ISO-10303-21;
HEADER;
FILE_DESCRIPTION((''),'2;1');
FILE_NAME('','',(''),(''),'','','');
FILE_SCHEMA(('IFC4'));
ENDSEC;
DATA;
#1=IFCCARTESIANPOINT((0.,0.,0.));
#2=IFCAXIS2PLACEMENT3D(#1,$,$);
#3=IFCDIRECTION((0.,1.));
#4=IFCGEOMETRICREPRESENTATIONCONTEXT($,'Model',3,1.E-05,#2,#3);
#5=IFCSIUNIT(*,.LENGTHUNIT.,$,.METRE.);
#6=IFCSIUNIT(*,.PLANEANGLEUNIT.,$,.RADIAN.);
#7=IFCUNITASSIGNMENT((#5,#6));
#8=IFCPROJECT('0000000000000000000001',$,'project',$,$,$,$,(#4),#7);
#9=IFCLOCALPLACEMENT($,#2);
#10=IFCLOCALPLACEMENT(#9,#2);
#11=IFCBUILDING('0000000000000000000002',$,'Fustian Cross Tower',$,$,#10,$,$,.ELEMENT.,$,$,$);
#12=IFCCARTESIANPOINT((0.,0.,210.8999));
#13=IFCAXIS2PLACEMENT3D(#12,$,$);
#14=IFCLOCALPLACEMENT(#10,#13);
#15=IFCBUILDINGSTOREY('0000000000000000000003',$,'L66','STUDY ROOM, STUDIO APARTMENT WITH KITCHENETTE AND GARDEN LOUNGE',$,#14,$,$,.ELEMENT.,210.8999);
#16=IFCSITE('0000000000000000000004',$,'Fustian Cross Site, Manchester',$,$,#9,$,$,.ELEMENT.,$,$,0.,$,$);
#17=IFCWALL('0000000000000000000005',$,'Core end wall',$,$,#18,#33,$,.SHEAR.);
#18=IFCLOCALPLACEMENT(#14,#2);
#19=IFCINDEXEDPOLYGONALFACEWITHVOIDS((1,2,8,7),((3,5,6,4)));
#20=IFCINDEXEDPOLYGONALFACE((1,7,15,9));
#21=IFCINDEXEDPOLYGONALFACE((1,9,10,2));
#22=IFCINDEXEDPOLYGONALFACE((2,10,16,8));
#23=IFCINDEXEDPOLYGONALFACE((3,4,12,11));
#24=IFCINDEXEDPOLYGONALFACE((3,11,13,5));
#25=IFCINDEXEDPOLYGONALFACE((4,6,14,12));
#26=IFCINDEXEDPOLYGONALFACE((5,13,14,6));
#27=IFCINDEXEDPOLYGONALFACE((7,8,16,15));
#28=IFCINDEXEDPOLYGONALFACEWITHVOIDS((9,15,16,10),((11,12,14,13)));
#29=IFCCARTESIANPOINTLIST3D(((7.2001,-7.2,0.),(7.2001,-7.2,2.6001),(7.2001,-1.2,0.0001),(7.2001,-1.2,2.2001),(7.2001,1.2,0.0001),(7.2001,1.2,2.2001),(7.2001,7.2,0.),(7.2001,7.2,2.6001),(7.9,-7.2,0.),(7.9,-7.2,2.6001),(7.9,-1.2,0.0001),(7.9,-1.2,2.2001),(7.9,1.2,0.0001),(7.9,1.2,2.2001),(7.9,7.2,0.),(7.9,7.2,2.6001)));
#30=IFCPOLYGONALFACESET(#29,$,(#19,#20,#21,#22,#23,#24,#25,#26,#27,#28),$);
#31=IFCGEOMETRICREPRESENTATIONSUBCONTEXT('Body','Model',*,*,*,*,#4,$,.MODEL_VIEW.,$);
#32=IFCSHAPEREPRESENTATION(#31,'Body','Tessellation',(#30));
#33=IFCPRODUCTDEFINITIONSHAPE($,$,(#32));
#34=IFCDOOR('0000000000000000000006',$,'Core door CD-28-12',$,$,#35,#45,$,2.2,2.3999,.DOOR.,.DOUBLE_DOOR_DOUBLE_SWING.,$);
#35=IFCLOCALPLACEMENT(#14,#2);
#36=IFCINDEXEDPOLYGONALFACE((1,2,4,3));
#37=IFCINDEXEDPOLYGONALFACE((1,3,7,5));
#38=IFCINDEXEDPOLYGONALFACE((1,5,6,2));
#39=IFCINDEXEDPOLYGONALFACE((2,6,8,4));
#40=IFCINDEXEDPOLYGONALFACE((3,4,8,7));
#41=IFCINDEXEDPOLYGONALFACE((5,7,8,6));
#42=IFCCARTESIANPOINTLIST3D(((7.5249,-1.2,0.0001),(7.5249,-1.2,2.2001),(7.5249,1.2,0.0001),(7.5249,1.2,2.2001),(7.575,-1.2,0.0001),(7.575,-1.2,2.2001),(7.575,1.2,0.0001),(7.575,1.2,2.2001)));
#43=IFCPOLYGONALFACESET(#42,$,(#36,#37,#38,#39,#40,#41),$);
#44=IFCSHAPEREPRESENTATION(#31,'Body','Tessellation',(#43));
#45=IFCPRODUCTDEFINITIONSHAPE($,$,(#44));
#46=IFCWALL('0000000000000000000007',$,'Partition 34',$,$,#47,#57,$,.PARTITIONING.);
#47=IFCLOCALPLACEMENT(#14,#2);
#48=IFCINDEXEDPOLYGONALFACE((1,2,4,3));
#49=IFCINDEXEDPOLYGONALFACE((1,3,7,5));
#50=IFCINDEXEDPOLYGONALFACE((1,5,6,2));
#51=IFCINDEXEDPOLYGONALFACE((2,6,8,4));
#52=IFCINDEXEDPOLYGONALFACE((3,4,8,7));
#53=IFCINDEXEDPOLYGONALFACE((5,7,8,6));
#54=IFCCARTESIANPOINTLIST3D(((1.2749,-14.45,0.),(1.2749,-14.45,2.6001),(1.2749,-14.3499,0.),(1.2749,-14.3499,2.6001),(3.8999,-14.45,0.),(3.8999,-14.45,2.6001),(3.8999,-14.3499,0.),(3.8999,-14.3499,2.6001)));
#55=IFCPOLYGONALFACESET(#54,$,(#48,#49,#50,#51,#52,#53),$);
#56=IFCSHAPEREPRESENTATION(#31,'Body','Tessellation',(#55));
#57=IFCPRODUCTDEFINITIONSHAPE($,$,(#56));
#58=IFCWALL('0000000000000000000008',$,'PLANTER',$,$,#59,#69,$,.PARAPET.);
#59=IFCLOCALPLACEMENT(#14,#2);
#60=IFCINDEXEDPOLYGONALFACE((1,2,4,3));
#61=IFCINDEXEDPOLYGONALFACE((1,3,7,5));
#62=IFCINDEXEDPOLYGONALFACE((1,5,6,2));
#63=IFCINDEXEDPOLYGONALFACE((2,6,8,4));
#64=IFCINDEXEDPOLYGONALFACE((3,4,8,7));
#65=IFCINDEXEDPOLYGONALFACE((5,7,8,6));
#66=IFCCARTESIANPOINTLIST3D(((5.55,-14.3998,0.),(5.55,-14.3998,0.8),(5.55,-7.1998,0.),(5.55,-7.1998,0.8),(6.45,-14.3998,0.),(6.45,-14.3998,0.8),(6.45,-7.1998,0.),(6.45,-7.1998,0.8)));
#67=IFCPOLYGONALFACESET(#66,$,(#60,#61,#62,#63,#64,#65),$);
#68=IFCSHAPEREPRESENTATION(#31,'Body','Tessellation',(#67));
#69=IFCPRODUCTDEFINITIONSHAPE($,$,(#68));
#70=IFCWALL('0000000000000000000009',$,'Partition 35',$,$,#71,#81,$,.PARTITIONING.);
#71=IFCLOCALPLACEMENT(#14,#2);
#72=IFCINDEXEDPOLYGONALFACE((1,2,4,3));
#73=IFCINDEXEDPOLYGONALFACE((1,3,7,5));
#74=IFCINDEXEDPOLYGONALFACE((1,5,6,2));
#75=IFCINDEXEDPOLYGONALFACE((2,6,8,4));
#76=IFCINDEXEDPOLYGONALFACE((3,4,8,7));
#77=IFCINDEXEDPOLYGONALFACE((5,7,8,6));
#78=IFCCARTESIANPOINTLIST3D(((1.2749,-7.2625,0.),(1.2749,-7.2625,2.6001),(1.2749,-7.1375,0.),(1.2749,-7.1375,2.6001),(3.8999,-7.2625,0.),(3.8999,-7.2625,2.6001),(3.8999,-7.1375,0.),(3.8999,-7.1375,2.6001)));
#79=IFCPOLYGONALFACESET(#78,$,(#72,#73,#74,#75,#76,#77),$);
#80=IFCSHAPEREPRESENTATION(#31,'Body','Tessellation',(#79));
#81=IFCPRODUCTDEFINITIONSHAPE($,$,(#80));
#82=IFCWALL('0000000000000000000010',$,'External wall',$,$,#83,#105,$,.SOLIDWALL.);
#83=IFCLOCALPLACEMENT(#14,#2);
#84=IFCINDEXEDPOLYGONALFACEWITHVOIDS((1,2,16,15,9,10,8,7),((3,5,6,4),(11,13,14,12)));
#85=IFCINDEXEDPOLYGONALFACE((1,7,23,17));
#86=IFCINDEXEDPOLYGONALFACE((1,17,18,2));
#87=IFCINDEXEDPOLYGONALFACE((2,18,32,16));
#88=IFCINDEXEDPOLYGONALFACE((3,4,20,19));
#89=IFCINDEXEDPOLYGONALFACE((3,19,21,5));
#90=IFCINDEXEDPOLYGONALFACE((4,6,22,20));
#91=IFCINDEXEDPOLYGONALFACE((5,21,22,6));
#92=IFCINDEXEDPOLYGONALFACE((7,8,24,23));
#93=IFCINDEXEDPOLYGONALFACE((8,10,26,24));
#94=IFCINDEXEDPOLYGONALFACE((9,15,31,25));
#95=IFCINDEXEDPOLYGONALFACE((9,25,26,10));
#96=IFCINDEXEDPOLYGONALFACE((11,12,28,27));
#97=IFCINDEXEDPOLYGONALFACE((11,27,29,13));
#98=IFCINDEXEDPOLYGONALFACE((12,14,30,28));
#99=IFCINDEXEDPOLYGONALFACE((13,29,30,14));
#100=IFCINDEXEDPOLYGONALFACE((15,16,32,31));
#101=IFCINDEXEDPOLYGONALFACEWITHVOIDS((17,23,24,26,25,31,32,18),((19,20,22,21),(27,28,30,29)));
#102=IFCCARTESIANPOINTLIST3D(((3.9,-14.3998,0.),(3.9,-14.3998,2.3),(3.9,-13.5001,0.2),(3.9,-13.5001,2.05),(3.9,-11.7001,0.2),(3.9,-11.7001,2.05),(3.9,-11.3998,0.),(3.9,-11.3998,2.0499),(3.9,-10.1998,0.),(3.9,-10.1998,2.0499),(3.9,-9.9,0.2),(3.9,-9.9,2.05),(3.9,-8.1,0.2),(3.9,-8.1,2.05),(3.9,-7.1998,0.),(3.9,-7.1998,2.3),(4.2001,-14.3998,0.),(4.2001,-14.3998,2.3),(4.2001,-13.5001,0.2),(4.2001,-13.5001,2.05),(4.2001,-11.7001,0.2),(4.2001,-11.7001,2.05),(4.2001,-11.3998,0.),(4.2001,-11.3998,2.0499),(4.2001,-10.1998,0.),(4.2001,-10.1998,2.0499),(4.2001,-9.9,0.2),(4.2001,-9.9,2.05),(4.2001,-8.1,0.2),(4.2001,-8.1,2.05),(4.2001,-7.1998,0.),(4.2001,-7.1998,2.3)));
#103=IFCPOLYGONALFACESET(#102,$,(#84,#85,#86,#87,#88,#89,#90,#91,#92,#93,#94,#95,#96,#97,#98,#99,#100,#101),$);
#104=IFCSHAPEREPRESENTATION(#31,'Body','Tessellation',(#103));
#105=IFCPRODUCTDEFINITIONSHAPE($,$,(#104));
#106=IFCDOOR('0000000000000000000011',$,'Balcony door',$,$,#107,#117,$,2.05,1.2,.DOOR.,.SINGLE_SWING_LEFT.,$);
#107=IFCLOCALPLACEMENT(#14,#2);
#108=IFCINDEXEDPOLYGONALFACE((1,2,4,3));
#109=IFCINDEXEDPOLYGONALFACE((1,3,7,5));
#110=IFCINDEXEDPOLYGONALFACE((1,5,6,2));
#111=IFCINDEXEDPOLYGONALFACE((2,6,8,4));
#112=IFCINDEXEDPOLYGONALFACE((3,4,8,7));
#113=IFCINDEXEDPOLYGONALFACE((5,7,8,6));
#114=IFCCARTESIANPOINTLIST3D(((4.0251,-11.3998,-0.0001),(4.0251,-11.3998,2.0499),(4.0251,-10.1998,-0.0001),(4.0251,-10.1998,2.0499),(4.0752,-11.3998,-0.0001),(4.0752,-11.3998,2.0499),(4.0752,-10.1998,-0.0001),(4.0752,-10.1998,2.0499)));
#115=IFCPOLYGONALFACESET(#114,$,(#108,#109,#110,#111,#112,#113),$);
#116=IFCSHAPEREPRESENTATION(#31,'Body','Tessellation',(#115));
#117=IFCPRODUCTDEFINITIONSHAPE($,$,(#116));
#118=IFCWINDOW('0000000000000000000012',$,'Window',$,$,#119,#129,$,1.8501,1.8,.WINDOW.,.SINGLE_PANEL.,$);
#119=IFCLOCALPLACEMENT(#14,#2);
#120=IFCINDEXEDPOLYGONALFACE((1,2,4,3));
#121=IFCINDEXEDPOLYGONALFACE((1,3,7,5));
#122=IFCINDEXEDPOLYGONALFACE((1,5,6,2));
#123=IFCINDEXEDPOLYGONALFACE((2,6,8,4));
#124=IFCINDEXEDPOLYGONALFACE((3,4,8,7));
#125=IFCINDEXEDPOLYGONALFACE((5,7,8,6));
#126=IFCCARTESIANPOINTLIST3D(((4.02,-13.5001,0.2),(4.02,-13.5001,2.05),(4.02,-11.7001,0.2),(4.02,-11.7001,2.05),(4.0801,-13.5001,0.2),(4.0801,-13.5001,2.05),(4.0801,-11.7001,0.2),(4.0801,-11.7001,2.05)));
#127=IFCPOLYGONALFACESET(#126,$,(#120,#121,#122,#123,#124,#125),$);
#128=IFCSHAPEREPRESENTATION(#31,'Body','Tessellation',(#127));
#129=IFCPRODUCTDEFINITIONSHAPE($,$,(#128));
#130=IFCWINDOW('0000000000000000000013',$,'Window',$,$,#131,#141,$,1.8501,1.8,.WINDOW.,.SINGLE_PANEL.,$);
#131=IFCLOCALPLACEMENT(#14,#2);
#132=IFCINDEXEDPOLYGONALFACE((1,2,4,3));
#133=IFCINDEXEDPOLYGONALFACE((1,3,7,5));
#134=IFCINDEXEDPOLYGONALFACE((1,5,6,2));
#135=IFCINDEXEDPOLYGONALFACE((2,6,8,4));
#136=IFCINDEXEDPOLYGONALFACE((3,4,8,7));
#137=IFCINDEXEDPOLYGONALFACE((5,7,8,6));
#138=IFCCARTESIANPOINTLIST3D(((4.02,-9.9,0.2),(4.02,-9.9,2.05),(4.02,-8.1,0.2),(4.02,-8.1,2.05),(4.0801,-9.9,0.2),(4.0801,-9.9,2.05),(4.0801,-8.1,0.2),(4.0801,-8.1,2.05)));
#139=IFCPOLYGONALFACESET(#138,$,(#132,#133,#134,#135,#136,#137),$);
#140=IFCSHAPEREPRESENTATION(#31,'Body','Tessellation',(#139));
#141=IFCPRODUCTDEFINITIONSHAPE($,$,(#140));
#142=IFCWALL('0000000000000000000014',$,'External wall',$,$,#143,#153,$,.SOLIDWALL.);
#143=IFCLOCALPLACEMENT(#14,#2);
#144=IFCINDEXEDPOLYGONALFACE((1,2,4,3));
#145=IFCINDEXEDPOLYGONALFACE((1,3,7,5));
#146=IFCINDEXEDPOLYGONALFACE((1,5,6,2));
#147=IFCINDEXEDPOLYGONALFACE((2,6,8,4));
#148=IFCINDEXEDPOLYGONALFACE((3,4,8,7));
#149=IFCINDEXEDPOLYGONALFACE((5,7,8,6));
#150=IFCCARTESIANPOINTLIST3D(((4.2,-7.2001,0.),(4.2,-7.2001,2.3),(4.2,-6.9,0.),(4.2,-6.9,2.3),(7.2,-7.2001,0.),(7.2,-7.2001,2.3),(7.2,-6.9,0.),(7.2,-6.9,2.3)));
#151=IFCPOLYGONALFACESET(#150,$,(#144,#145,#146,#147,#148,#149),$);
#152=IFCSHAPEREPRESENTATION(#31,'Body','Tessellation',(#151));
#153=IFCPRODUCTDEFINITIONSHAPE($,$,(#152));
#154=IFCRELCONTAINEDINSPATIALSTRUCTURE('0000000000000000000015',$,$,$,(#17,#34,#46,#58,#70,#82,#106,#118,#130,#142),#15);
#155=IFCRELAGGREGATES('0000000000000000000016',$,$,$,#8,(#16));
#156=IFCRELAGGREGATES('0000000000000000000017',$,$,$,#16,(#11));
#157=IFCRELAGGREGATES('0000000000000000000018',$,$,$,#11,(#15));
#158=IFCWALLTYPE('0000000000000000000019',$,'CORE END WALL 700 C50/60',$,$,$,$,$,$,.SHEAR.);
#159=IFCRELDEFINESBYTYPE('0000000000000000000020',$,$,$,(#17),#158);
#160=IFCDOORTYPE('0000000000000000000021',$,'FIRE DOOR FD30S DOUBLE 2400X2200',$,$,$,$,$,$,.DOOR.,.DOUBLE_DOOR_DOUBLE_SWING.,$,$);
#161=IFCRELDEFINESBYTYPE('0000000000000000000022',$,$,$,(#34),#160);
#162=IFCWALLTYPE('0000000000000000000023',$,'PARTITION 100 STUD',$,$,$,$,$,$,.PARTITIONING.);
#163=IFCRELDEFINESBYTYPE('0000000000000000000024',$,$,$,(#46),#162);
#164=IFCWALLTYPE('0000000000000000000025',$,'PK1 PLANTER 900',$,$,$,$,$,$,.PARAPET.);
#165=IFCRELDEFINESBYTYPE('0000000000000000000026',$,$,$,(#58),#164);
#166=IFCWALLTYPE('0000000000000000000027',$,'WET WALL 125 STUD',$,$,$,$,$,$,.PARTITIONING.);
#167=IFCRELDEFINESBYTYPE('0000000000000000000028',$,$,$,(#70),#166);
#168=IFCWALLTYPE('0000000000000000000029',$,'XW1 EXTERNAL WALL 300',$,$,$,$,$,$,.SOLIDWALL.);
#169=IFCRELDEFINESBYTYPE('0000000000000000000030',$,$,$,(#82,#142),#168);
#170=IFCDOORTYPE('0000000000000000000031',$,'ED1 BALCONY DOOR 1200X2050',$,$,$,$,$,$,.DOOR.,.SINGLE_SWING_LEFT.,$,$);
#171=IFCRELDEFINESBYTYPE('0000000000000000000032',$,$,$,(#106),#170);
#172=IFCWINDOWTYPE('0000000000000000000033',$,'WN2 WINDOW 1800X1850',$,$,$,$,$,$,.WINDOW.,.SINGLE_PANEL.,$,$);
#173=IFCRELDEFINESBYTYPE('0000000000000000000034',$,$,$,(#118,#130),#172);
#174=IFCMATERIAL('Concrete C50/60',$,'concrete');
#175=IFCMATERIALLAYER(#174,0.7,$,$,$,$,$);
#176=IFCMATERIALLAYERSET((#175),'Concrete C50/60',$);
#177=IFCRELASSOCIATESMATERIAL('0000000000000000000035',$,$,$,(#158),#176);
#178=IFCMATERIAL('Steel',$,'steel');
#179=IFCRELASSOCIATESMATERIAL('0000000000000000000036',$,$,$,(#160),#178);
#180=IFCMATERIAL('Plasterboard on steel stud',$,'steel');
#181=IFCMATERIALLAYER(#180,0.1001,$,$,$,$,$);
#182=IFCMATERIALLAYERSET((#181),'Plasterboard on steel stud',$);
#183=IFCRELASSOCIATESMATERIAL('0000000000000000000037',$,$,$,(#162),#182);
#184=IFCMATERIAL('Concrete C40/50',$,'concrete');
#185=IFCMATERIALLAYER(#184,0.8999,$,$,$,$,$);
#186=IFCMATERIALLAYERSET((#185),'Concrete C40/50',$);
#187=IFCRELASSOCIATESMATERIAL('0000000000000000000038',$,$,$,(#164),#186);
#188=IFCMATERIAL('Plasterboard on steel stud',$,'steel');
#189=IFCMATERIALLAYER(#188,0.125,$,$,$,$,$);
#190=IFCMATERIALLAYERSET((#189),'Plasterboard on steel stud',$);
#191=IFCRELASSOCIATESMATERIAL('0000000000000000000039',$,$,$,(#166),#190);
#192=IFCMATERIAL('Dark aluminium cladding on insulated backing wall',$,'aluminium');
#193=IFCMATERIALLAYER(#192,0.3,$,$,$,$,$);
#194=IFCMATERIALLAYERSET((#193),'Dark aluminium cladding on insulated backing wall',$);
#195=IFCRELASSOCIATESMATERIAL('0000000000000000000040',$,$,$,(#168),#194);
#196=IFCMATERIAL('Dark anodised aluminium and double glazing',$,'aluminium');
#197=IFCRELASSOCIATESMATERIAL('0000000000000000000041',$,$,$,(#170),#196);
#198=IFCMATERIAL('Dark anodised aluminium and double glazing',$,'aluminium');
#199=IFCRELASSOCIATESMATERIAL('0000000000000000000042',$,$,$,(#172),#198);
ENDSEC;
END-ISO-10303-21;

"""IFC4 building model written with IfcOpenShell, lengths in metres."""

from ifc_helpers import new_model, si_unit, direction, frame, frame_2d, origin, place, context, subcontext, project, spatial, rectangle, extrude, material, layer, layer_set, type_object, element, fill, save


model = new_model("IFC4")

# Units and contexts
model_context = context("Model", 3, precision=1e-05, world=origin(), true_north=direction((0.0, 1.0)))
body_context = subcontext(model_context, "Body", "Model", "MODEL_VIEW")
ifc_project = project(units=[si_unit("LENGTHUNIT", "METRE"), si_unit("PLANEANGLEUNIT", "RADIAN")], contexts=[model_context])

# Site, building, storey
site_placement = place(None, origin())
site = spatial("IfcSite", under=ifc_project, at=site_placement, Name="Fustian Cross Site, Manchester", CompositionType="ELEMENT", RefElevation=0.0)
building_placement = place(site_placement, origin())
building = spatial("IfcBuilding", under=site, at=building_placement, Name="Fustian Cross Tower", CompositionType="ELEMENT")
storey_placement = place(building_placement, frame((0.0, 0.0, 210.8999)))
storey = spatial("IfcBuildingStorey", under=building, at=storey_placement, Name="L66", Description="STUDY ROOM, STUDIO APARTMENT WITH KITCHENETTE AND GARDEN LOUNGE", CompositionType="ELEMENT", Elevation=210.8999)

# Wall, opening, door
ifc_material_1 = material(Name="Concrete C50/60", Category="concrete")
ifc_layer_1 = layer(ifc_material_1, 0.7)
ifc_layer_set_1 = layer_set([ifc_layer_1], Name="Concrete C50/60")
wall_type_1 = type_object("IfcWallType", Name="CORE END WALL 700 C50/60", PredefinedType="SHEAR", material=ifc_layer_set_1)
wall_1_placement = place(storey_placement, frame((7.55, -7.2, 0.0), z_axis=(0.0, 0.0, 1.0), x_axis=(0.0, 1.0, 0.0)))
wall_1 = element("IfcWall", 1, at=wall_1_placement, inside=storey, type_object=wall_type_1, Name="Core end wall", PredefinedType="SHEAR", context=body_context, shape_type="SweptSolid", body=[
    extrude(rectangle(XDim=14.3999, YDim=0.7, at=frame_2d((7.2, 0.0))), origin(), (0.0, 0.0, 1.0), 2.6001),
])
opening_1_placement = place(wall_1_placement, frame((6.0, 0.0, 0.0)))
opening_1 = element("IfcOpeningElement", 2, at=opening_1_placement, cuts=wall_1, PredefinedType="OPENING", context=body_context, shape_type="SweptSolid", body=[
    extrude(rectangle(XDim=2.3999, YDim=2.2, at=frame_2d((1.2, 1.1001))), frame((0.0, 0.3599, 0.0), z_axis=(0.0, -1.0, 0.0), x_axis=(1.0, 0.0, 0.0)), (0.0, 0.0, 1.0), 0.72),
])
ifc_material_2 = material(Name="Steel", Category="steel")
door_type_1 = type_object("IfcDoorType", Name="FIRE DOOR FD30S DOUBLE 2400X2200", OperationType="DOUBLE_DOOR_DOUBLE_SWING", PredefinedType="DOOR", material=ifc_material_2)
door_1_placement = place(opening_1_placement, frame((2.3999, 0.0, 0.0), z_axis=(0.0, 0.0, 1.0), x_axis=(-1.0, 0.0, 0.0)))
door_1 = element("IfcDoor", 3, at=door_1_placement, inside=storey, type_object=door_type_1, Name="Core door CD-28-12", OperationType="DOUBLE_DOOR_DOUBLE_SWING", OverallHeight=2.2, OverallWidth=2.3999, PredefinedType="DOOR", context=body_context, shape_type="SweptSolid", body=[
    extrude(rectangle(XDim=2.3999, YDim=2.2, at=frame_2d((1.2, 1.1001))), frame((0.0, 0.0249, 0.0), z_axis=(0.0, -1.0, 0.0), x_axis=(1.0, 0.0, 0.0)), (0.0, 0.0, 1.0), 0.05),
])
fill(opening_1, door_1)

# Walls
ifc_material_3 = material(Name="Plasterboard on steel stud", Category="steel")
ifc_layer_2 = layer(ifc_material_3, 0.1001)
ifc_layer_set_2 = layer_set([ifc_layer_2], Name="Plasterboard on steel stud")
wall_type_2 = type_object("IfcWallType", Name="PARTITION 100 STUD", PredefinedType="PARTITIONING", material=ifc_layer_set_2)
wall_2_placement = place(storey_placement, frame((1.2749, -14.3999, 0.0), z_axis=(0.0, 0.0, 1.0), x_axis=(1.0, 0.0, 0.0)))
element("IfcWall", 4, at=wall_2_placement, inside=storey, type_object=wall_type_2, Name="Partition 34", PredefinedType="PARTITIONING", context=body_context, shape_type="SweptSolid", body=[
    extrude(rectangle(XDim=2.625, YDim=0.1001, at=frame_2d((1.3125, 0.0))), origin(), (0.0, 0.0, 1.0), 2.6001),
])
ifc_material_4 = material(Name="Concrete C40/50", Category="concrete")
ifc_layer_3 = layer(ifc_material_4, 0.8999)
ifc_layer_set_3 = layer_set([ifc_layer_3], Name="Concrete C40/50")
wall_type_3 = type_object("IfcWallType", Name="PK1 PLANTER 900", PredefinedType="PARAPET", material=ifc_layer_set_3)
wall_3_placement = place(storey_placement, frame((6.0, -14.3999, 0.0), z_axis=(0.0, 0.0, 1.0), x_axis=(0.0, 1.0, 0.0)))
element("IfcWall", 5, at=wall_3_placement, inside=storey, type_object=wall_type_3, Name="PLANTER", PredefinedType="PARAPET", context=body_context, shape_type="SweptSolid", body=[
    extrude(rectangle(XDim=7.2, YDim=0.8999, at=frame_2d((3.6001, 0.0))), origin(), (0.0, 0.0, 1.0), 0.8),
])
ifc_material_5 = material(Name="Plasterboard on steel stud", Category="steel")
ifc_layer_4 = layer(ifc_material_5, 0.125)
ifc_layer_set_4 = layer_set([ifc_layer_4], Name="Plasterboard on steel stud")
wall_type_4 = type_object("IfcWallType", Name="WET WALL 125 STUD", PredefinedType="PARTITIONING", material=ifc_layer_set_4)
wall_4_placement = place(storey_placement, frame((1.2749, -7.2, 0.0), z_axis=(0.0, 0.0, 1.0), x_axis=(1.0, 0.0, 0.0)))
element("IfcWall", 6, at=wall_4_placement, inside=storey, type_object=wall_type_4, Name="Partition 35", PredefinedType="PARTITIONING", context=body_context, shape_type="SweptSolid", body=[
    extrude(rectangle(XDim=2.625, YDim=0.125, at=frame_2d((1.3125, 0.0))), origin(), (0.0, 0.0, 1.0), 2.6001),
])

# Wall, openings, door, windows
ifc_material_6 = material(Name="Dark aluminium cladding on insulated backing wall", Category="aluminium")
ifc_layer_5 = layer(ifc_material_6, 0.3)
ifc_layer_set_5 = layer_set([ifc_layer_5], Name="Dark aluminium cladding on insulated backing wall")
wall_type_5 = type_object("IfcWallType", Name="XW1 EXTERNAL WALL 300", PredefinedType="SOLIDWALL", material=ifc_layer_set_5)
wall_5_placement = place(storey_placement, frame((4.05, -14.3999, 0.0), z_axis=(0.0, 0.0, 1.0), x_axis=(0.0, 1.0, 0.0)))
wall_5 = element("IfcWall", 7, at=wall_5_placement, inside=storey, type_object=wall_type_5, Name="External wall", PredefinedType="SOLIDWALL", context=body_context, shape_type="SweptSolid", body=[
    extrude(rectangle(XDim=7.2, YDim=0.3, at=frame_2d((3.6001, 0.0))), origin(), (0.0, 0.0, 1.0), 2.3),
])
opening_2_placement = place(wall_5_placement, frame((3.0, 0.0, 0.0)))
opening_2 = element("IfcOpeningElement", 8, at=opening_2_placement, cuts=wall_5, PredefinedType="OPENING", context=body_context, shape_type="SweptSolid", body=[
    extrude(rectangle(XDim=1.2, YDim=2.05, at=frame_2d((0.6001, 1.0249))), frame((0.0, 0.1599, 0.0), z_axis=(0.0, -1.0, 0.0), x_axis=(1.0, 0.0, 0.0)), (0.0, 0.0, 1.0), 0.3201),
])
opening_3_placement = place(wall_5_placement, frame((0.8999, 0.0, 0.2)))
opening_3 = element("IfcOpeningElement", 9, at=opening_3_placement, cuts=wall_5, PredefinedType="OPENING", context=body_context, shape_type="SweptSolid", body=[
    extrude(rectangle(XDim=1.8, YDim=1.8501, at=frame_2d((0.8999, 0.925))), frame((0.0, 0.1599, 0.0), z_axis=(0.0, -1.0, 0.0), x_axis=(1.0, 0.0, 0.0)), (0.0, 0.0, 1.0), 0.3201),
])
opening_4_placement = place(wall_5_placement, frame((4.5, 0.0, 0.2)))
opening_4 = element("IfcOpeningElement", 10, at=opening_4_placement, cuts=wall_5, PredefinedType="OPENING", context=body_context, shape_type="SweptSolid", body=[
    extrude(rectangle(XDim=1.8, YDim=1.8501, at=frame_2d((0.8999, 0.925))), frame((0.0, 0.1599, 0.0), z_axis=(0.0, -1.0, 0.0), x_axis=(1.0, 0.0, 0.0)), (0.0, 0.0, 1.0), 0.3201),
])
ifc_material_7 = material(Name="Dark anodised aluminium and double glazing", Category="aluminium")
door_type_2 = type_object("IfcDoorType", Name="ED1 BALCONY DOOR 1200X2050", OperationType="SINGLE_SWING_LEFT", PredefinedType="DOOR", material=ifc_material_7)
door_2_placement = place(opening_2_placement, origin())
door_2 = element("IfcDoor", 11, at=door_2_placement, inside=storey, type_object=door_type_2, Name="Balcony door", OperationType="SINGLE_SWING_LEFT", OverallHeight=2.05, OverallWidth=1.2, PredefinedType="DOOR", context=body_context, shape_type="SweptSolid", body=[
    extrude(rectangle(XDim=1.2, YDim=2.05, at=frame_2d((0.6001, 1.0249))), frame((0.0, 0.0249, 0.0), z_axis=(0.0, -1.0, 0.0), x_axis=(1.0, 0.0, 0.0)), (0.0, 0.0, 1.0), 0.05),
])
fill(opening_2, door_2)
ifc_material_8 = material(Name="Dark anodised aluminium and double glazing", Category="aluminium")
window_type = type_object("IfcWindowType", Name="WN2 WINDOW 1800X1850", PartitioningType="SINGLE_PANEL", PredefinedType="WINDOW", material=ifc_material_8)
window_1_placement = place(opening_3_placement, origin())
window_1 = element("IfcWindow", 12, at=window_1_placement, inside=storey, type_object=window_type, Name="Window", OverallHeight=1.8501, OverallWidth=1.8, PartitioningType="SINGLE_PANEL", PredefinedType="WINDOW", context=body_context, shape_type="SweptSolid", body=[
    extrude(rectangle(XDim=1.8, YDim=1.8501, at=frame_2d((0.8999, 0.925))), frame((0.0, 0.03, 0.0), z_axis=(0.0, -1.0, 0.0), x_axis=(1.0, 0.0, 0.0)), (0.0, 0.0, 1.0), 0.0601),
])
fill(opening_3, window_1)
window_2_placement = place(opening_4_placement, origin())
window_2 = element("IfcWindow", 13, at=window_2_placement, inside=storey, type_object=window_type, Name="Window", OverallHeight=1.8501, OverallWidth=1.8, PartitioningType="SINGLE_PANEL", PredefinedType="WINDOW", context=body_context, shape_type="SweptSolid", body=[
    extrude(rectangle(XDim=1.8, YDim=1.8501, at=frame_2d((0.8999, 0.925))), frame((0.0, 0.03, 0.0), z_axis=(0.0, -1.0, 0.0), x_axis=(1.0, 0.0, 0.0)), (0.0, 0.0, 1.0), 0.0601),
])
fill(opening_4, window_2)

# Wall
wall_6_placement = place(storey_placement, frame((4.2, -7.05, 0.0), z_axis=(0.0, 0.0, 1.0), x_axis=(1.0, 0.0, 0.0)))
element("IfcWall", 14, at=wall_6_placement, inside=storey, type_object=wall_type_5, Name="External wall", PredefinedType="SOLIDWALL", context=body_context, shape_type="SweptSolid", body=[
    extrude(rectangle(XDim=3.0, YDim=0.3, at=frame_2d((1.5, 0.0))), origin(), (0.0, 0.0, 1.0), 2.3),
])

save(model, "model.ifc")
